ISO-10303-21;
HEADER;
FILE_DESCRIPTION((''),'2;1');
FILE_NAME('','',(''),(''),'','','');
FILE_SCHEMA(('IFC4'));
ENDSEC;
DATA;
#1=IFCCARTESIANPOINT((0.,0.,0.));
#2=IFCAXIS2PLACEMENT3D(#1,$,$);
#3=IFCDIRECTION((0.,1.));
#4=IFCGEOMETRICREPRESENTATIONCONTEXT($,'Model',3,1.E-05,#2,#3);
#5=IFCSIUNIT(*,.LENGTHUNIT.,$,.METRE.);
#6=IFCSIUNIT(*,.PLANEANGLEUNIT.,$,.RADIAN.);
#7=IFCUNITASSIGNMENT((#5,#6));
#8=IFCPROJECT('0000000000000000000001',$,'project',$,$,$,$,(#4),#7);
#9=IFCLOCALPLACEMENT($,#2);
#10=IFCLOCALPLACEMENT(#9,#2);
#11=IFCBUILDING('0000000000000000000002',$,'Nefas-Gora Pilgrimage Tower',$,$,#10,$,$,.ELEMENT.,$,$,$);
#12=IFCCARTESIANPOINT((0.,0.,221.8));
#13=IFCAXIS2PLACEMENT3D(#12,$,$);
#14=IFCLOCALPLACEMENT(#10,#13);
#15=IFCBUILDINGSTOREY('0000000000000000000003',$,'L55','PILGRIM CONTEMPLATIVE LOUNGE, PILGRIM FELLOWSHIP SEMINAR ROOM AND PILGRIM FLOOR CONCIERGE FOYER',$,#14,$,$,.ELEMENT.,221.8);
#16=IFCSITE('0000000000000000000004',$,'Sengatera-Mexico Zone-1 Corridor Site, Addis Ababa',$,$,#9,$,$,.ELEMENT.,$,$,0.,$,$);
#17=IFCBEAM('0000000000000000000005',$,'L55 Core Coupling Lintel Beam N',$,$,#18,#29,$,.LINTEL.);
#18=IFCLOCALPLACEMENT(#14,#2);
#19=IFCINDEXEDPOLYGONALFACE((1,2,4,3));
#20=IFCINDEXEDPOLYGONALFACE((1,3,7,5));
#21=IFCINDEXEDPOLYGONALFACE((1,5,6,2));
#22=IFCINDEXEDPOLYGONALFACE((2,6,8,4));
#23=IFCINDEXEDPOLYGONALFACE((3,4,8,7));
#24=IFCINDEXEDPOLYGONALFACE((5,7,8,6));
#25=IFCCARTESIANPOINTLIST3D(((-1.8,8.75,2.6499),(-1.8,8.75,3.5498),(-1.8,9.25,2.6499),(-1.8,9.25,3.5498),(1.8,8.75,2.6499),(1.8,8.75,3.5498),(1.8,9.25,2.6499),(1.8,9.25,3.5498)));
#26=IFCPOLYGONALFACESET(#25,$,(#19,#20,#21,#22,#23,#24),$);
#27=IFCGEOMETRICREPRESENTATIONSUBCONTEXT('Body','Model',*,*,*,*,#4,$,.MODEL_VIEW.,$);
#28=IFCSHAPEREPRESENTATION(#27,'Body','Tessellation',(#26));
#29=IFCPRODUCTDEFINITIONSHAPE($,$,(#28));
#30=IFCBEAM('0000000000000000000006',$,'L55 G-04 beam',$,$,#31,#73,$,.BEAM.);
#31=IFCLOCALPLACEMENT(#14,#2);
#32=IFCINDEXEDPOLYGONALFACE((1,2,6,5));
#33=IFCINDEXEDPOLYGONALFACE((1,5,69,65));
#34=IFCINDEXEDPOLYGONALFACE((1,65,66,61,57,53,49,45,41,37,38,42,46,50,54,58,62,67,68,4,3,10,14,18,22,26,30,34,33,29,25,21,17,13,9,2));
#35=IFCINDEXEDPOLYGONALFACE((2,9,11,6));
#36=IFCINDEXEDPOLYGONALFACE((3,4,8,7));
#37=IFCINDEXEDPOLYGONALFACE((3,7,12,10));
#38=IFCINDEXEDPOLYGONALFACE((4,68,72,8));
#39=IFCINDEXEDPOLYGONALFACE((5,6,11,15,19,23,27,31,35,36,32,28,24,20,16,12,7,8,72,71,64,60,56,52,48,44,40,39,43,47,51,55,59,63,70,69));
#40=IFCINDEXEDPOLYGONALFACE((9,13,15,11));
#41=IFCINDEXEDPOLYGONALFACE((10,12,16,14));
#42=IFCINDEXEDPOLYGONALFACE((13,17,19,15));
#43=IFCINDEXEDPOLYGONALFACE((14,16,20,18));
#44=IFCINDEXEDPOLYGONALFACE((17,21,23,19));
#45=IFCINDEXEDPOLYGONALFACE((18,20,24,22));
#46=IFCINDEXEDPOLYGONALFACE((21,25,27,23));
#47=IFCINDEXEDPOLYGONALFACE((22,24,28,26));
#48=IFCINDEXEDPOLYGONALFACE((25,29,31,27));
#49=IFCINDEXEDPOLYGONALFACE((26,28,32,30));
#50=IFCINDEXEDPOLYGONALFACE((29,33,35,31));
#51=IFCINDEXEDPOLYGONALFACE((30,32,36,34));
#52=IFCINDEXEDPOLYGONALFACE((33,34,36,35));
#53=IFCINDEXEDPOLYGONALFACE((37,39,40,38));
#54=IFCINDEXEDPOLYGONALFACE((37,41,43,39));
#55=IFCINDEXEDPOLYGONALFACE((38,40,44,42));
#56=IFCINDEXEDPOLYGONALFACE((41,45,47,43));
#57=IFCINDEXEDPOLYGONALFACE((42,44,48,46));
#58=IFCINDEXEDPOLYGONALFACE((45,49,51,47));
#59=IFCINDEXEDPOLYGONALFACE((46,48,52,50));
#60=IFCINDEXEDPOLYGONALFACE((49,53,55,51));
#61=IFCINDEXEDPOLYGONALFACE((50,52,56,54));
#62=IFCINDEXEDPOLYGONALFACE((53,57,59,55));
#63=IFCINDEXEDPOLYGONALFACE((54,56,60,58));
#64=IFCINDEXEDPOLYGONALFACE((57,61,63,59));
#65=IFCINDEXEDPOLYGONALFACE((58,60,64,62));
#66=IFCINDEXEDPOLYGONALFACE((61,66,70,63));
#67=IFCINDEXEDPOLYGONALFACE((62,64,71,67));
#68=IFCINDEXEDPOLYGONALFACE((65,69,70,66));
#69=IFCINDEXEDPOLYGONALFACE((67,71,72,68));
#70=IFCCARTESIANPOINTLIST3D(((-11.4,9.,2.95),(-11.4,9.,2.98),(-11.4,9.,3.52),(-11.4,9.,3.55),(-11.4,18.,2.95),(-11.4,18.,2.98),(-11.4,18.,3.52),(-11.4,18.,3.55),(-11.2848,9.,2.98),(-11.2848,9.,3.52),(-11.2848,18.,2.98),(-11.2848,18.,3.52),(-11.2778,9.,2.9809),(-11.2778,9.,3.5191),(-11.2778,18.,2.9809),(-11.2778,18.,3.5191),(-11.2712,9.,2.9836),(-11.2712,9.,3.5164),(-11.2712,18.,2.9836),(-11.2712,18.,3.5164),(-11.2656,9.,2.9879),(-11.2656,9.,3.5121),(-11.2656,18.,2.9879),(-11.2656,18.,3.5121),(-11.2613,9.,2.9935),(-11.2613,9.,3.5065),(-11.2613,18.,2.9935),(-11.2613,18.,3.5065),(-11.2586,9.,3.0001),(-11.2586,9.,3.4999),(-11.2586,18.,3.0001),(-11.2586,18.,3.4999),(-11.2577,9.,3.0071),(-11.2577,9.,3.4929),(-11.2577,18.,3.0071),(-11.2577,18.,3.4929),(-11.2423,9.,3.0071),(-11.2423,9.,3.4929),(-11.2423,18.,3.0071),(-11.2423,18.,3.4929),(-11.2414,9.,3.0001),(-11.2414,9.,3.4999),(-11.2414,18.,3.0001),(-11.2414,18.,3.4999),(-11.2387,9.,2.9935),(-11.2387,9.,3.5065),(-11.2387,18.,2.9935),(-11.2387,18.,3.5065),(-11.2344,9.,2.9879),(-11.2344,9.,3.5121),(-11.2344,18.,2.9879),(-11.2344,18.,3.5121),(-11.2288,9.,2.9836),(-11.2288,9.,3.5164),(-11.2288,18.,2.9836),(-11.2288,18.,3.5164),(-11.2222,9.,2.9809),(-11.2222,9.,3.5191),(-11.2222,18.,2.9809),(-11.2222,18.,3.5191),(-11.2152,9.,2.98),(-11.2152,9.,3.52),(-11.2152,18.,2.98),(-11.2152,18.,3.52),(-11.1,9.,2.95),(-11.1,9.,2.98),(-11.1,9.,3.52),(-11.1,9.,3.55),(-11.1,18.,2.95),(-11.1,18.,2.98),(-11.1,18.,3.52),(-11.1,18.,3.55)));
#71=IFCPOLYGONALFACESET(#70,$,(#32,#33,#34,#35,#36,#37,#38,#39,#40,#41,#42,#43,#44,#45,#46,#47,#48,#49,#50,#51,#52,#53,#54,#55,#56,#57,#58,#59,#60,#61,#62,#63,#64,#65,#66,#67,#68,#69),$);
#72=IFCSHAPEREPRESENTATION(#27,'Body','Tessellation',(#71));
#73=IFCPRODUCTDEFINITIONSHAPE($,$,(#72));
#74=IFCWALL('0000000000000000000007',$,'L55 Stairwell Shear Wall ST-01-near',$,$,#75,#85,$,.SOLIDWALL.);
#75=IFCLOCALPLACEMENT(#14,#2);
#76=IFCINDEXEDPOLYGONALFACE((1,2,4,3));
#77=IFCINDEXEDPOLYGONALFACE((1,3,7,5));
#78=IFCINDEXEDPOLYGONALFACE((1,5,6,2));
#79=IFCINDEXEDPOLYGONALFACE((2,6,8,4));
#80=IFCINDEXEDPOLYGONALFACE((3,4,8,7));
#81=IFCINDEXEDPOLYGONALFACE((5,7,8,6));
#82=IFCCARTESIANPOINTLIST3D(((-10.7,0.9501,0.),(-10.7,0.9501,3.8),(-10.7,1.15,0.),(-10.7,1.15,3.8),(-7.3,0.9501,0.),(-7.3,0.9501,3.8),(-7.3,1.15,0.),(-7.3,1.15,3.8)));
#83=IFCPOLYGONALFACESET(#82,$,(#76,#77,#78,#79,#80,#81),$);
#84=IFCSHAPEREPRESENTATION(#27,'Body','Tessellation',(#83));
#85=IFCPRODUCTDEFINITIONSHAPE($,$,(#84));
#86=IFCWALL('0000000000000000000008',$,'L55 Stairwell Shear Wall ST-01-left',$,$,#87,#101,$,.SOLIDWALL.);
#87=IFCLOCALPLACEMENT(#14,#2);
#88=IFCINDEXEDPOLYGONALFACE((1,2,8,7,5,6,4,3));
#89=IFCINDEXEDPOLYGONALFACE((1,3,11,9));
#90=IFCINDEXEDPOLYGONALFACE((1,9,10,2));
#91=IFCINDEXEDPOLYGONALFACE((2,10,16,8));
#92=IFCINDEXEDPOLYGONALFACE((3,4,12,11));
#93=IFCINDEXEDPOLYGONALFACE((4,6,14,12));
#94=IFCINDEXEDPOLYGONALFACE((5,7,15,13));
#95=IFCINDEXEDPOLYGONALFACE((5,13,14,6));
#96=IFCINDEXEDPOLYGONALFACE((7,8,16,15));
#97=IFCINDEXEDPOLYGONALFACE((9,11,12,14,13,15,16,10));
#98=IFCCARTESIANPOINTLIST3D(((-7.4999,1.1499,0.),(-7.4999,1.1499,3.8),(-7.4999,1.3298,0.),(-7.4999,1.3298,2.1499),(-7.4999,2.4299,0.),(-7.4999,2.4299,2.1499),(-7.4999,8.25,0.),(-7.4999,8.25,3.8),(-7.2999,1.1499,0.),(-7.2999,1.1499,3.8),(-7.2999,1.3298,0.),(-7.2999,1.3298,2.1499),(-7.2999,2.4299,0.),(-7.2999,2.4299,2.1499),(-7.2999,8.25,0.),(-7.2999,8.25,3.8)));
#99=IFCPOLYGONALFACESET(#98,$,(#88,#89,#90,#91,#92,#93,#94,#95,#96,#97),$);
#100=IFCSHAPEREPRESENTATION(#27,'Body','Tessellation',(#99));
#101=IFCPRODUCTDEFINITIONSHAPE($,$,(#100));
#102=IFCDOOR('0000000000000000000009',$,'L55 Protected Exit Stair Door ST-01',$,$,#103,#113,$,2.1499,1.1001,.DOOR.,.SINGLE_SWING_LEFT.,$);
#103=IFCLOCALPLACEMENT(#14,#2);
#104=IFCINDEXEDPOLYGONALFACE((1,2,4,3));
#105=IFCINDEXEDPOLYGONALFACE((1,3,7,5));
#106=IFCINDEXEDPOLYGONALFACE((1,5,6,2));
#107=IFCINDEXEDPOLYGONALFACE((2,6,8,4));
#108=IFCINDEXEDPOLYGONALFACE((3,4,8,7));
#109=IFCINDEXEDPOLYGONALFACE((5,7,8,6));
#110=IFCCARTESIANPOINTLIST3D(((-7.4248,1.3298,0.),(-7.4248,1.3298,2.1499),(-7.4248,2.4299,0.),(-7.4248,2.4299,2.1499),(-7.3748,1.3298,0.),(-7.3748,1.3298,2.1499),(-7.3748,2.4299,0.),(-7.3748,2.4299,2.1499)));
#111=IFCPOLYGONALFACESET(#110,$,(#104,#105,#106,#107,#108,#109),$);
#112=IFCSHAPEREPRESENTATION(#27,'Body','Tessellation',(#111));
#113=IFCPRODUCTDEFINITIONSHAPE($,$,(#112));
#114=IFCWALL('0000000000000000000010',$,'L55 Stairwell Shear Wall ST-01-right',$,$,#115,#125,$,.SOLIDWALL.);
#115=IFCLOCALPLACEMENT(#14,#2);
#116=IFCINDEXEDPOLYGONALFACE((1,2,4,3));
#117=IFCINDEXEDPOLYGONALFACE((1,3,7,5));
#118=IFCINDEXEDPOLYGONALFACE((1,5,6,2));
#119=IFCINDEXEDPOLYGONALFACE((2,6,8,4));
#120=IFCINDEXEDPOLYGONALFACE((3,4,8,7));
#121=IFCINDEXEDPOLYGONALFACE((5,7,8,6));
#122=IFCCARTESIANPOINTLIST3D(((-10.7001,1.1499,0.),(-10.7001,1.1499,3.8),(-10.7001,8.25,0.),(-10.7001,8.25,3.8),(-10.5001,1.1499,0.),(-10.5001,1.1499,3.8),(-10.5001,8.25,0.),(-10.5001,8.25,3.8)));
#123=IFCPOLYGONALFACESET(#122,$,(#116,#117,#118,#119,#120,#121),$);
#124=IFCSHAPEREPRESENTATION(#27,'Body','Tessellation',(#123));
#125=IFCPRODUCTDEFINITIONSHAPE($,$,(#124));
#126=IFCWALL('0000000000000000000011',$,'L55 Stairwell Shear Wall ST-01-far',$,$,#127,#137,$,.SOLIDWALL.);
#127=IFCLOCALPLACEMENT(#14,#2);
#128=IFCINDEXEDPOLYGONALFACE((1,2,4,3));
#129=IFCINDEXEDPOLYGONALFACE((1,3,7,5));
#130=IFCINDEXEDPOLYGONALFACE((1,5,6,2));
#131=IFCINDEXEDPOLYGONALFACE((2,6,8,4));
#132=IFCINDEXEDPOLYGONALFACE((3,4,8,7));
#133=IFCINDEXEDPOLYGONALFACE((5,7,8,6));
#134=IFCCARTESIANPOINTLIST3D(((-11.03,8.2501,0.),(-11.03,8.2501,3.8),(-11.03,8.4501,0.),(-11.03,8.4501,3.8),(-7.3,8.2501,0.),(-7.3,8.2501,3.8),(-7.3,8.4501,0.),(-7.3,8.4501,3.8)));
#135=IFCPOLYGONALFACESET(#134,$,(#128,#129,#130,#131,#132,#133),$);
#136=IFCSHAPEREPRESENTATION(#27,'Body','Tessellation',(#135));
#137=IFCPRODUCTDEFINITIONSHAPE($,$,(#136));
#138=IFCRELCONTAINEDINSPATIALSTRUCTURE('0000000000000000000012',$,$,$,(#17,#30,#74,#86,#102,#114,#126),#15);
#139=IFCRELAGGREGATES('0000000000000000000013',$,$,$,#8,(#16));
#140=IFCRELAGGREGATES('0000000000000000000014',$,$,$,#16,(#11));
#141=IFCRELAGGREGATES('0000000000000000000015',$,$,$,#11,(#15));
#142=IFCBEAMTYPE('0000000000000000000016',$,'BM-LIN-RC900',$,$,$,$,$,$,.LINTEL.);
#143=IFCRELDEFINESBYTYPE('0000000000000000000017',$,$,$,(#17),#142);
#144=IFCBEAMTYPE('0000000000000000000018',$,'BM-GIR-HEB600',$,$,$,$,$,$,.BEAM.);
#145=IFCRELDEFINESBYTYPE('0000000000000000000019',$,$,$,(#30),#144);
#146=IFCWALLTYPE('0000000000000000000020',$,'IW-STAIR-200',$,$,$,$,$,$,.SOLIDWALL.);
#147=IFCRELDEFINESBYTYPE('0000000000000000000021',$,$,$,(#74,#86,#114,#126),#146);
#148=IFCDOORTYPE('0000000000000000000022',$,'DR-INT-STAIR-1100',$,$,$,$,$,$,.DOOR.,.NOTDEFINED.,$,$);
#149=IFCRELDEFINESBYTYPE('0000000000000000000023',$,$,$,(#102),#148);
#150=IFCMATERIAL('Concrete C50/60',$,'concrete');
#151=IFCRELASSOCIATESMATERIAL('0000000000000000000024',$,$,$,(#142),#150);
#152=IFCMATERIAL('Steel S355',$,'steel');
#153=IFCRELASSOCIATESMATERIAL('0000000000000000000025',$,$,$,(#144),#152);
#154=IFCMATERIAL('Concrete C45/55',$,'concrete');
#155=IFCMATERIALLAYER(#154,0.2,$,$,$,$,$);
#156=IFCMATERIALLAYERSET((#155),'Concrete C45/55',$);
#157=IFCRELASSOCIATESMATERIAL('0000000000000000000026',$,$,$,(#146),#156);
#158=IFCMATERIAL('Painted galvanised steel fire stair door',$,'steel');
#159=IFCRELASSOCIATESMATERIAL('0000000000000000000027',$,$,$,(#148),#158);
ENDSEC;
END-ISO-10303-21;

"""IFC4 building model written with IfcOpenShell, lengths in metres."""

from ifc_helpers import new_model, si_unit, direction, frame, frame_2d, origin, origin_2d, place, context, subcontext, project, spatial, rectangle, i_section, extrude, source, transform, mapped, material, layer, layer_set, material_profile, profile_set, type_object, element, fill, save


model = new_model("IFC4")

# Units and contexts
model_context = context("Model", 3, precision=1e-05, world=origin(), true_north=direction((0.0, 1.0)))
body_context = subcontext(model_context, "Body", "Model", "MODEL_VIEW")
ifc_project = project(units=[si_unit("LENGTHUNIT", "METRE"), si_unit("PLANEANGLEUNIT", "RADIAN")], contexts=[model_context])

# Site, building, storey
site_placement = place(None, origin())
site = spatial("IfcSite", under=ifc_project, at=site_placement, Name="Sengatera-Mexico Zone-1 Corridor Site, Addis Ababa", CompositionType="ELEMENT", RefElevation=0.0)
building_placement = place(site_placement, origin())
building = spatial("IfcBuilding", under=site, at=building_placement, Name="Nefas-Gora Pilgrimage Tower", CompositionType="ELEMENT")
storey_placement = place(building_placement, frame((0.0, 0.0, 221.8)))
storey = spatial("IfcBuildingStorey", under=building, at=storey_placement, Name="L55", Description="PILGRIM CONTEMPLATIVE LOUNGE, PILGRIM FELLOWSHIP SEMINAR ROOM AND PILGRIM FLOOR CONCIERGE FOYER", CompositionType="ELEMENT", Elevation=221.8)

# Beams
ifc_material_1 = material(Name="Concrete C50/60", Category="concrete")
ifc_material_profile_1 = material_profile(ifc_material_1, rectangle(XDim=0.5, YDim=0.8999, at=origin_2d()), Name="RC 500x900")
ifc_profile_set_1 = profile_set([ifc_material_profile_1], Name="Concrete C50/60")
beam_type_1 = type_object("IfcBeamType", Name="BM-LIN-RC900", PredefinedType="LINTEL", material=ifc_profile_set_1)
shared_shape_1 = source(origin(), body_context, "Body", "SweptSolid", [
    extrude(rectangle(XDim=0.5, YDim=0.8999, at=origin_2d()), origin(), (0.0, 0.0, 1.0), 3.6001),
])
beam_1_placement = place(storey_placement, frame((-1.8, 9.0, 3.0999), z_axis=(1.0, 0.0, 0.0), x_axis=(0.0, 1.0, 0.0)))
element("IfcBeam", 1, at=beam_1_placement, inside=storey, type_object=beam_type_1, Name="L55 Core Coupling Lintel Beam N", PredefinedType="LINTEL", context=body_context, shape_type="MappedRepresentation", body=[
    mapped(shared_shape_1, transform((0.0, 0.0, 0.0), x_axis=(1.0, 0.0, 0.0), y_axis=(0.0, 1.0, 0.0), z_axis=(0.0, 0.0, 1.0), scale=1.0)),
])
ifc_material_2 = material(Name="Steel S355", Category="steel")
ifc_material_profile_2 = material_profile(ifc_material_2, i_section(OverallWidth=0.3, OverallDepth=0.6001, WebThickness=0.0154, FlangeThickness=0.03, FilletRadius=0.0271, at=origin_2d()), Name="HEB 600")
ifc_profile_set_2 = profile_set([ifc_material_profile_2], Name="Steel S355")
beam_type_2 = type_object("IfcBeamType", Name="BM-GIR-HEB600", PredefinedType="BEAM", material=ifc_profile_set_2)
shared_shape_2 = source(origin(), body_context, "Body", "SweptSolid", [
    extrude(i_section(OverallWidth=0.3, OverallDepth=0.6001, WebThickness=0.0154, FlangeThickness=0.03, FilletRadius=0.0271, at=origin_2d()), origin(), (0.0, 0.0, 1.0), 9.0),
])
beam_2_placement = place(storey_placement, frame((-11.25, 9.0, 3.25), z_axis=(0.0, 1.0, 0.0), x_axis=(-1.0, 0.0, 0.0)))
element("IfcBeam", 2, at=beam_2_placement, inside=storey, type_object=beam_type_2, Name="L55 G-04 beam", PredefinedType="BEAM", context=body_context, shape_type="MappedRepresentation", body=[
    mapped(shared_shape_2, transform((0.0, 0.0, 0.0), x_axis=(1.0, 0.0, 0.0), y_axis=(0.0, 1.0, 0.0), z_axis=(0.0, 0.0, 1.0), scale=1.0)),
])

# Wall
ifc_material_3 = material(Name="Concrete C45/55", Category="concrete")
ifc_layer_1 = layer(ifc_material_3, 0.2)
ifc_layer_set_1 = layer_set([ifc_layer_1], Name="Concrete C45/55")
wall_type_1 = type_object("IfcWallType", Name="IW-STAIR-200", PredefinedType="SOLIDWALL", material=ifc_layer_set_1)
shared_shape_3 = source(origin(), body_context, "Body", "SweptSolid", [
    extrude(rectangle(XDim=3.3999, YDim=0.2, at=frame_2d((1.7, 0.0))), origin(), (0.0, 0.0, 1.0), 3.8),
])
wall_1_placement = place(storey_placement, frame((-7.3, 1.05, 0.0), z_axis=(0.0, 0.0, 1.0), x_axis=(-1.0, 0.0, 0.0)))
element("IfcWall", 3, at=wall_1_placement, inside=storey, type_object=wall_type_1, Name="L55 Stairwell Shear Wall ST-01-near", PredefinedType="SOLIDWALL", context=body_context, shape_type="MappedRepresentation", body=[
    mapped(shared_shape_3, transform((0.0, 0.0, 0.0), x_axis=(1.0, 0.0, 0.0), y_axis=(0.0, 1.0, 0.0), z_axis=(0.0, 0.0, 1.0), scale=1.0)),
])

# Wall, opening, door
shared_shape_4 = source(origin(), body_context, "Body", "SweptSolid", [
    extrude(rectangle(XDim=7.1001, YDim=0.2, at=frame_2d((3.55, 0.0))), origin(), (0.0, 0.0, 1.0), 3.8),
])
wall_2_placement = place(storey_placement, frame((-7.3999, 1.1499, 0.0), z_axis=(0.0, 0.0, 1.0), x_axis=(0.0, 1.0, 0.0)))
wall_2 = element("IfcWall", 4, at=wall_2_placement, inside=storey, type_object=wall_type_1, Name="L55 Stairwell Shear Wall ST-01-left", PredefinedType="SOLIDWALL", context=body_context, shape_type="MappedRepresentation", body=[
    mapped(shared_shape_4, transform((0.0, 0.0, 0.0), x_axis=(1.0, 0.0, 0.0), y_axis=(0.0, 1.0, 0.0), z_axis=(0.0, 0.0, 1.0), scale=1.0)),
])
opening_1_placement = place(wall_2_placement, frame((0.1799, 0.0, 0.0)))
opening_1 = element("IfcOpeningElement", 5, at=opening_1_placement, cuts=wall_2, PredefinedType="OPENING", context=body_context, shape_type="SweptSolid", body=[
    extrude(rectangle(XDim=1.1001, YDim=2.1499, at=frame_2d((0.55, 1.075))), frame((0.0, 0.1099, 0.0), z_axis=(0.0, -1.0, 0.0), x_axis=(1.0, 0.0, 0.0)), (0.0, 0.0, 1.0), 0.22),
])
ifc_material_4 = material(Name="Painted galvanised steel fire stair door", Category="steel")
door_type_1 = type_object("IfcDoorType", Name="DR-INT-STAIR-1100", OperationType="NOTDEFINED", PredefinedType="DOOR", material=ifc_material_4)
shared_shape_5 = source(origin(), body_context, "Body", "SweptSolid", [
    extrude(rectangle(XDim=1.1001, YDim=2.1499, at=frame_2d((0.55, 1.075))), frame((0.0, 0.0249, 0.0), z_axis=(0.0, -1.0, 0.0), x_axis=(1.0, 0.0, 0.0)), (0.0, 0.0, 1.0), 0.05),
])
door_1_placement = place(opening_1_placement, origin())
door_1 = element("IfcDoor", 6, at=door_1_placement, inside=storey, type_object=door_type_1, Name="L55 Protected Exit Stair Door ST-01", OperationType="SINGLE_SWING_LEFT", OverallHeight=2.1499, OverallWidth=1.1001, PredefinedType="DOOR", context=body_context, shape_type="MappedRepresentation", body=[
    mapped(shared_shape_5, transform((0.0, 0.0, 0.0), x_axis=(1.0, 0.0, 0.0), y_axis=(0.0, 1.0, 0.0), z_axis=(0.0, 0.0, 1.0), scale=1.0)),
])
fill(opening_1, door_1)

# Walls
wall_3_placement = place(storey_placement, frame((-10.6001, 1.1499, 0.0), z_axis=(0.0, 0.0, 1.0), x_axis=(0.0, 1.0, 0.0)))
element("IfcWall", 7, at=wall_3_placement, inside=storey, type_object=wall_type_1, Name="L55 Stairwell Shear Wall ST-01-right", PredefinedType="SOLIDWALL", context=body_context, shape_type="MappedRepresentation", body=[
    mapped(shared_shape_4, transform((0.0, 0.0, 0.0), x_axis=(1.0, 0.0, 0.0), y_axis=(0.0, 1.0, 0.0), z_axis=(0.0, 0.0, 1.0), scale=1.0)),
])
shared_shape_6 = source(origin(), body_context, "Body", "SweptSolid", [
    extrude(rectangle(XDim=3.73, YDim=0.2, at=frame_2d((1.865, 0.0))), origin(), (0.0, 0.0, 1.0), 3.8),
])
wall_4_placement = place(storey_placement, frame((-7.3, 8.3501, 0.0), z_axis=(0.0, 0.0, 1.0), x_axis=(-1.0, 0.0, 0.0)))
element("IfcWall", 8, at=wall_4_placement, inside=storey, type_object=wall_type_1, Name="L55 Stairwell Shear Wall ST-01-far", PredefinedType="SOLIDWALL", context=body_context, shape_type="MappedRepresentation", body=[
    mapped(shared_shape_6, transform((0.0, 0.0, 0.0), x_axis=(1.0, 0.0, 0.0), y_axis=(0.0, 1.0, 0.0), z_axis=(0.0, 0.0, 1.0), scale=1.0)),
])

save(model, "model.ifc")
